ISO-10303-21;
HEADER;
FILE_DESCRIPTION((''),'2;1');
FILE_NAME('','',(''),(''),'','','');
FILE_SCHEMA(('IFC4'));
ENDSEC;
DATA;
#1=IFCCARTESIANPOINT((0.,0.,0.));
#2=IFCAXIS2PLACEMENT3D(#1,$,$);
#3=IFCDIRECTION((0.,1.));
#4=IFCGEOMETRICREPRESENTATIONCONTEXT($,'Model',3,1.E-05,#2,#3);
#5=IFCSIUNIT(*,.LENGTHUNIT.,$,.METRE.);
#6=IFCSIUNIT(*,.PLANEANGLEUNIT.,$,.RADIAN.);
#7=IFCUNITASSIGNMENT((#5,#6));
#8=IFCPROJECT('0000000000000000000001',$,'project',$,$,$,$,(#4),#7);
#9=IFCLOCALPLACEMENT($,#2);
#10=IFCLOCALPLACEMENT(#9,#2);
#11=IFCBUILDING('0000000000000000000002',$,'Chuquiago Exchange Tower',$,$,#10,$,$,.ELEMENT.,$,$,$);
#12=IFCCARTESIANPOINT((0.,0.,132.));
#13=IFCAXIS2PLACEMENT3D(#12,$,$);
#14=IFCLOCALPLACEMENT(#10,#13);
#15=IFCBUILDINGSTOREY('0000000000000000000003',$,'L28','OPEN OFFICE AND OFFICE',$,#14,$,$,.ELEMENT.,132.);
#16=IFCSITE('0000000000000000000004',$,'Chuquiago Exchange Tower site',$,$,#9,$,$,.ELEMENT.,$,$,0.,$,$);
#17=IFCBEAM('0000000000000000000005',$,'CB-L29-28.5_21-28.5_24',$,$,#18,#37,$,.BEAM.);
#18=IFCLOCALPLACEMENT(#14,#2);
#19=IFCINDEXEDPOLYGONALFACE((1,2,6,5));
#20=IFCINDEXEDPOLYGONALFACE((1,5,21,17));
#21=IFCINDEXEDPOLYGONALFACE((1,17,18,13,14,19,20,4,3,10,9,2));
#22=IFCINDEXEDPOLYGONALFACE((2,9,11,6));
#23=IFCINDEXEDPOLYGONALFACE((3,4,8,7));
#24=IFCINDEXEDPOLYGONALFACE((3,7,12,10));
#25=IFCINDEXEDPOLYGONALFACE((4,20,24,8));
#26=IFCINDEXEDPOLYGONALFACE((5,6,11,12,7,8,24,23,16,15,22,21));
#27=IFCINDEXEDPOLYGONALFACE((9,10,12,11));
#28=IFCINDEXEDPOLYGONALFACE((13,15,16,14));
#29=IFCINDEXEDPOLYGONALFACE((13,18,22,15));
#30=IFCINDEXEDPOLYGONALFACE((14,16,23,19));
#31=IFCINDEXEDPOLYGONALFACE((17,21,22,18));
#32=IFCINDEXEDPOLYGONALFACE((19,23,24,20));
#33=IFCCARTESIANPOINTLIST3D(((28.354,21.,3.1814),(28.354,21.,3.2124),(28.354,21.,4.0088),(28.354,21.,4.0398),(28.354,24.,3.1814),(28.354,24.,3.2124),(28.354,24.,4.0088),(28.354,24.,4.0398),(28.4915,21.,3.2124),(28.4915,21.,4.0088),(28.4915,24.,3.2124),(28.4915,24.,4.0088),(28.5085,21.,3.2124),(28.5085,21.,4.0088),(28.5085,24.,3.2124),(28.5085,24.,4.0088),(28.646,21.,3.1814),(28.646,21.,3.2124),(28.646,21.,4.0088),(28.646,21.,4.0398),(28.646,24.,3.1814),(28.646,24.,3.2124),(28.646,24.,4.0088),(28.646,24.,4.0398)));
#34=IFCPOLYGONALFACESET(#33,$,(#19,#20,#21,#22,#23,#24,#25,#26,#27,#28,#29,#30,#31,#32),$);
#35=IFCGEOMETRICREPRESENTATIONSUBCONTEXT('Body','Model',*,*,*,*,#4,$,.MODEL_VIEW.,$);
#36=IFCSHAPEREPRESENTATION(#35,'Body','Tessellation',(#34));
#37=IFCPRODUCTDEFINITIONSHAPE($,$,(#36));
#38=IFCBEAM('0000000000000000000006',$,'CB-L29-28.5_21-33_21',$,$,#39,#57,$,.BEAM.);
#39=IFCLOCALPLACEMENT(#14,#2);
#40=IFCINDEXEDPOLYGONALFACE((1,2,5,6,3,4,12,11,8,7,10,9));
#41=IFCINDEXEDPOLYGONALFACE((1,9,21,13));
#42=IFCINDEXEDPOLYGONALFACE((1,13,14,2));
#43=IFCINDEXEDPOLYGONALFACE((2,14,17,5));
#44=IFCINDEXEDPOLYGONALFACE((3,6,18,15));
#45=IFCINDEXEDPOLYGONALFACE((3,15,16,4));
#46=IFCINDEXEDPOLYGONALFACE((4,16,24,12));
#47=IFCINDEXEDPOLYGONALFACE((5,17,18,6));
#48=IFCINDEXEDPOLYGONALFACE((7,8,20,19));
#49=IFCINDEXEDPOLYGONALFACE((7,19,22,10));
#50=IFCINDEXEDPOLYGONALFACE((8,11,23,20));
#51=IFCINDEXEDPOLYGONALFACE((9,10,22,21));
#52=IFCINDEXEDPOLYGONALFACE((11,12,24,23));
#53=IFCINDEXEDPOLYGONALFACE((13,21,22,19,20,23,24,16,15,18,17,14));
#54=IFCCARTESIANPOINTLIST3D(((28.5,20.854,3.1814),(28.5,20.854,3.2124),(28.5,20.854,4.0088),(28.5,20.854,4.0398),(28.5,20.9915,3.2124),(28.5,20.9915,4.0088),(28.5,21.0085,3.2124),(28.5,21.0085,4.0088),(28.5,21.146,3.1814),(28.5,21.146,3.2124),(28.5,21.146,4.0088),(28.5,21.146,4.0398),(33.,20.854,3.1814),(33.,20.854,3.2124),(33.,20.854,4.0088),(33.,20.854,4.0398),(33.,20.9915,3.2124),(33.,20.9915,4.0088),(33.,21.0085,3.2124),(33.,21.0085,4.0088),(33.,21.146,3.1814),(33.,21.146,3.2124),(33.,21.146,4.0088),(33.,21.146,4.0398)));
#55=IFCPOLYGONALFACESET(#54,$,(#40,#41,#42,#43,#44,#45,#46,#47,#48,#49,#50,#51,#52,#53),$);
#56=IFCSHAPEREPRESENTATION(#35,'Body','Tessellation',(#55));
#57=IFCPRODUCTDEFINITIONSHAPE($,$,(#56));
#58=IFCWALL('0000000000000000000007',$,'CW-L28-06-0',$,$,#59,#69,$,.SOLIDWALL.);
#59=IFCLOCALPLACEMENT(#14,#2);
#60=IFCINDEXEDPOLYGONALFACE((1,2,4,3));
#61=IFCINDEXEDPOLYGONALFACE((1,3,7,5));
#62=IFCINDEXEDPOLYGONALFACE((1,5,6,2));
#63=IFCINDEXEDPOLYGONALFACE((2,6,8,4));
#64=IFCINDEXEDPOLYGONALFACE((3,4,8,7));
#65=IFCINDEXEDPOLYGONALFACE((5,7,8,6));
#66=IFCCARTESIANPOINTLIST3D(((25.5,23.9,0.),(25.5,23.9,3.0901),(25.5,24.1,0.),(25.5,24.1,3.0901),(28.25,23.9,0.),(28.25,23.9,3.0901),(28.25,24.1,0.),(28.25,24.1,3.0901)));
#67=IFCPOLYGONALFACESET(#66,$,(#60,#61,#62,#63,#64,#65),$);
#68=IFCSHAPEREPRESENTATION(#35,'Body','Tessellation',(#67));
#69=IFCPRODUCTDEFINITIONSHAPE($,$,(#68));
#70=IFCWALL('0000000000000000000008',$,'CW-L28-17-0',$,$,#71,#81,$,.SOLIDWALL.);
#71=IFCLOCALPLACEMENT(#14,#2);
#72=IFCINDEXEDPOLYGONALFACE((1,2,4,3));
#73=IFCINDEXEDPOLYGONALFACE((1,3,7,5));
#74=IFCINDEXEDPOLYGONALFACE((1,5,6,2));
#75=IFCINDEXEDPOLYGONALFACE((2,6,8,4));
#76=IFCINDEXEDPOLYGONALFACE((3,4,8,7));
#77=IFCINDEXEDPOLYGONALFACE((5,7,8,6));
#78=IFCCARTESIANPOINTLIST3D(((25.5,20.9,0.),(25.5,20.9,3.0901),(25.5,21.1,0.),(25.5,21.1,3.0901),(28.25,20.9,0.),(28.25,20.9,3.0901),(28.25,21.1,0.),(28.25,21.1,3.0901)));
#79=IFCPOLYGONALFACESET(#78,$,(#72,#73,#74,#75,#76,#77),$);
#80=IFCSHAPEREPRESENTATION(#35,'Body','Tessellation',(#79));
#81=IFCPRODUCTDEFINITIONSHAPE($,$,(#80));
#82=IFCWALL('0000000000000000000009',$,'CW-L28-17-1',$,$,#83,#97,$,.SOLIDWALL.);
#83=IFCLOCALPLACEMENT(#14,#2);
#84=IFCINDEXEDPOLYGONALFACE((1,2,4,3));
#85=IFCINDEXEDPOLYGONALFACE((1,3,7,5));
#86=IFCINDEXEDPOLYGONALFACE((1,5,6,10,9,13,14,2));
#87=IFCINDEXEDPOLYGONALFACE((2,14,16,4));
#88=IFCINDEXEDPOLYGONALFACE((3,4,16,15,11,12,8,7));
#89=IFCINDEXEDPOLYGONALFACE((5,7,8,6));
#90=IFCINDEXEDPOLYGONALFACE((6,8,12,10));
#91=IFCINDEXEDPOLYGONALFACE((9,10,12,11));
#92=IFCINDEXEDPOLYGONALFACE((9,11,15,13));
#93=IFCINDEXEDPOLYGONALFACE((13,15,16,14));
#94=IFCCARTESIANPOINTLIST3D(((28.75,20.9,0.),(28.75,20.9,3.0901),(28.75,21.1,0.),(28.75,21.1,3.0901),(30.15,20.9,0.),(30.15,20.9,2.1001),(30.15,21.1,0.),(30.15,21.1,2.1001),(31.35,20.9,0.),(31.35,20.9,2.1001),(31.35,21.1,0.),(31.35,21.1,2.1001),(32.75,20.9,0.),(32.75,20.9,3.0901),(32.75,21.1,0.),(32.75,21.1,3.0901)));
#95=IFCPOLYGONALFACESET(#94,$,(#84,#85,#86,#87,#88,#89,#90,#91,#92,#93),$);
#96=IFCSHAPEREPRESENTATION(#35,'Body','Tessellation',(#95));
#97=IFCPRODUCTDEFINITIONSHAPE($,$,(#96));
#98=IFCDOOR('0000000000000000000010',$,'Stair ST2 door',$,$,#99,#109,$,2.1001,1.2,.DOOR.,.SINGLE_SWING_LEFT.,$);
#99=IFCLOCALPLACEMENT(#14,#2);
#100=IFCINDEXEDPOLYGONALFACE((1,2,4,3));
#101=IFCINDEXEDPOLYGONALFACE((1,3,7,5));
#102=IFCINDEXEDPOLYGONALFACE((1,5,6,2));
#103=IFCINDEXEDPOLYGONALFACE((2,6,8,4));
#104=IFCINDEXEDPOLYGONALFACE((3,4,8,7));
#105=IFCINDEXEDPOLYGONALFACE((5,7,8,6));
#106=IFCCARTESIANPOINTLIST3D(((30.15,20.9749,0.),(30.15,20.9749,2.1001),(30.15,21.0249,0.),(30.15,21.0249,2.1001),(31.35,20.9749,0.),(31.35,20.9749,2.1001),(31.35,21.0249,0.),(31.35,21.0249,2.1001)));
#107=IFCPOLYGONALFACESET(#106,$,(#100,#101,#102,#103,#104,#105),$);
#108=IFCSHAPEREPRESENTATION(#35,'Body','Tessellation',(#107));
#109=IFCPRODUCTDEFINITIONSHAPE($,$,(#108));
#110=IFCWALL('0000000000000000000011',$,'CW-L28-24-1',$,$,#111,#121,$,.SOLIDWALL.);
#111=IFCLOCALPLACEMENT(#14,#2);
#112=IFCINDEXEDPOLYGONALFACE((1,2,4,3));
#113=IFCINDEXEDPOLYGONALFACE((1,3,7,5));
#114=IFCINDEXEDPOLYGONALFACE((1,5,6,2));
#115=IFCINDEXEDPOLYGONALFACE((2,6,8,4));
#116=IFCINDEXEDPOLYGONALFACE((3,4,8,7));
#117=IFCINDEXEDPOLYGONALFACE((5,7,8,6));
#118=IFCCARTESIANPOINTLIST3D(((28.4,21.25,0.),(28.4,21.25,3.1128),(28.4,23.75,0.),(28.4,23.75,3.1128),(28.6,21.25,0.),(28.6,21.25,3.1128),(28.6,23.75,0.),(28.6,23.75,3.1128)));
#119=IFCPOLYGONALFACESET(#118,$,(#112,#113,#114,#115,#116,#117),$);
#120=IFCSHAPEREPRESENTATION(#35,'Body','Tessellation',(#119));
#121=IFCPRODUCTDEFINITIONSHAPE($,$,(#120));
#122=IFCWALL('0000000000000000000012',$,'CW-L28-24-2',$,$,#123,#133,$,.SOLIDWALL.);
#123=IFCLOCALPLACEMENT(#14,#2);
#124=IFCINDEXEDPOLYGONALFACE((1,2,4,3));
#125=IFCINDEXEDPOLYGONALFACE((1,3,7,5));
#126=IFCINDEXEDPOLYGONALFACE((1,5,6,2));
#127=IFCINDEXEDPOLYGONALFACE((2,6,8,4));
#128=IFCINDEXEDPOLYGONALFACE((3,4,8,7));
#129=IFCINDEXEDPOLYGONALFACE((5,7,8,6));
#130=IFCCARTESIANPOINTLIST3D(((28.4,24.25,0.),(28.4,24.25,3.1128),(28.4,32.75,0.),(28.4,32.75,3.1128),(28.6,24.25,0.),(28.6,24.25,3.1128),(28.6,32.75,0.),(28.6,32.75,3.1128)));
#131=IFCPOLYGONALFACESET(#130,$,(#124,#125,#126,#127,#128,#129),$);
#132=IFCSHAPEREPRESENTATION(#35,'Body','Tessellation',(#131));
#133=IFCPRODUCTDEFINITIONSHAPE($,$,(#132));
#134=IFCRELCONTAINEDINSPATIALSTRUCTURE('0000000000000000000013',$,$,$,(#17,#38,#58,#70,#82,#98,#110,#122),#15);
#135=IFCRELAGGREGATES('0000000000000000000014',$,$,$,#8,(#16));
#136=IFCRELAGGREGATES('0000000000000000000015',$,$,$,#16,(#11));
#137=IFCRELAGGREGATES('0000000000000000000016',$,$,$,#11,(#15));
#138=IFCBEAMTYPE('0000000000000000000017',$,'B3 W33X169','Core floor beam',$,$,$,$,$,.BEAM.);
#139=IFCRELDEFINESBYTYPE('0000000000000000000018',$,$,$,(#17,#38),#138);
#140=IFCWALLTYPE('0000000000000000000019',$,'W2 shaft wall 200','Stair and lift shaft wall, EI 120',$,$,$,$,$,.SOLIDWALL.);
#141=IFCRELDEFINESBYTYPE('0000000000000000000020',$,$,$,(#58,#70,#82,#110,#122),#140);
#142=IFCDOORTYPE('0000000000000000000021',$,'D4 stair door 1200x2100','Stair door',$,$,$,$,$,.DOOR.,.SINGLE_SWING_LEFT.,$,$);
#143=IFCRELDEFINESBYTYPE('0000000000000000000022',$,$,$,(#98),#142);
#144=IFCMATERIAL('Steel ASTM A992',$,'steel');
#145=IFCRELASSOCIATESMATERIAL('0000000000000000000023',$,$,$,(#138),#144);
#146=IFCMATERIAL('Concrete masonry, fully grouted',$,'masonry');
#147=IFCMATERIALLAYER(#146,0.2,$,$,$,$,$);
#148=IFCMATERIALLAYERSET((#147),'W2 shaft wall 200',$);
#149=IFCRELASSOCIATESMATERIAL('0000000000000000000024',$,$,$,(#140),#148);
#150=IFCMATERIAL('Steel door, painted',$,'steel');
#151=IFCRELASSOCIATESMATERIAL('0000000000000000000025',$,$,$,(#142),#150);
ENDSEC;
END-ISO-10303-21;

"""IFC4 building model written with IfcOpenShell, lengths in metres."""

from ifc_helpers import new_model, si_unit, direction, frame, frame_2d, origin, origin_2d, place, context, subcontext, project, spatial, rectangle, i_section, extrude, material, layer, layer_set, material_profile, profile_set, type_object, element, fill, save


model = new_model("IFC4")

# Units and contexts
model_context = context("Model", 3, precision=1e-05, world=origin(), true_north=direction((0.0, 1.0)))
body_context = subcontext(model_context, "Body", "Model", "MODEL_VIEW")
ifc_project = project(units=[si_unit("LENGTHUNIT", "METRE"), si_unit("PLANEANGLEUNIT", "RADIAN")], contexts=[model_context])

# Site, building, storey
site_placement = place(None, origin())
site = spatial("IfcSite", under=ifc_project, at=site_placement, Name="Chuquiago Exchange Tower site", CompositionType="ELEMENT", RefElevation=0.0)
building_placement = place(site_placement, origin())
building = spatial("IfcBuilding", under=site, at=building_placement, Name="Chuquiago Exchange Tower", CompositionType="ELEMENT")
storey_placement = place(building_placement, frame((0.0, 0.0, 132.0)))
storey = spatial("IfcBuildingStorey", under=building, at=storey_placement, Name="L28", Description="OPEN OFFICE AND OFFICE", CompositionType="ELEMENT", Elevation=132.0)

# Beams
ifc_material_1 = material(Name="Steel ASTM A992", Category="steel")
ifc_material_profile_1 = material_profile(ifc_material_1, i_section(OverallWidth=0.292, OverallDepth=0.8584, WebThickness=0.0171, FlangeThickness=0.031, at=origin_2d()), Name="W33X169")
ifc_profile_set_1 = profile_set([ifc_material_profile_1], Name="Steel ASTM A992")
beam_type_1 = type_object("IfcBeamType", Name="B3 W33X169", Description="Core floor beam", PredefinedType="BEAM", material=ifc_profile_set_1)
beam_1_placement = place(storey_placement, frame((28.5, 21.0, 3.6106), z_axis=(0.0, 1.0, 0.0), x_axis=(-1.0, 0.0, 0.0)))
element("IfcBeam", 1, at=beam_1_placement, inside=storey, type_object=beam_type_1, Name="CB-L29-28.5_21-28.5_24", PredefinedType="BEAM", context=body_context, shape_type="SweptSolid", body=[
    extrude(i_section(OverallWidth=0.292, OverallDepth=0.8584, WebThickness=0.0171, FlangeThickness=0.031, at=origin_2d()), origin(), (0.0, 0.0, 1.0), 3.0),
])
beam_2_placement = place(storey_placement, frame((28.5, 21.0, 3.6106), z_axis=(1.0, 0.0, 0.0), x_axis=(0.0, 1.0, 0.0)))
element("IfcBeam", 2, at=beam_2_placement, inside=storey, type_object=beam_type_1, Name="CB-L29-28.5_21-33_21", PredefinedType="BEAM", context=body_context, shape_type="SweptSolid", body=[
    extrude(i_section(OverallWidth=0.292, OverallDepth=0.8584, WebThickness=0.0171, FlangeThickness=0.031, at=origin_2d()), origin(), (0.0, 0.0, 1.0), 4.5),
])

# Walls
ifc_material_2 = material(Name="Concrete masonry, fully grouted", Category="masonry")
ifc_layer = layer(ifc_material_2, 0.2)
ifc_layer_set = layer_set([ifc_layer], Name="W2 shaft wall 200")
wall_type = type_object("IfcWallType", Name="W2 shaft wall 200", Description="Stair and lift shaft wall, EI 120", PredefinedType="SOLIDWALL", material=ifc_layer_set)
for number, where, z_axis, x_axis, name in (
    (3, (25.5, 24.0, 0.0), (0.0, 0.0, 1.0), (1.0, 0.0, 0.0), "CW-L28-06-0"),
    (4, (25.5, 21.0, 0.0), (0.0, 0.0, 1.0), (1.0, 0.0, 0.0), "CW-L28-17-0"),
):
    element("IfcWall", number, at=place(storey_placement, frame(where, z_axis=z_axis, x_axis=x_axis)), inside=storey, type_object=wall_type, Name=name, PredefinedType="SOLIDWALL", context=body_context, shape_type="SweptSolid", body=[
        extrude(rectangle(XDim=2.75, YDim=0.2, at=frame_2d((1.375, 0.0))), origin(), (0.0, 0.0, 1.0), 3.0901),
    ])

# Wall, opening, door
wall_1_placement = place(storey_placement, frame((28.75, 21.0, 0.0), z_axis=(0.0, 0.0, 1.0), x_axis=(1.0, 0.0, 0.0)))
wall_1 = element("IfcWall", 5, at=wall_1_placement, inside=storey, type_object=wall_type, Name="CW-L28-17-1", PredefinedType="SOLIDWALL", context=body_context, shape_type="SweptSolid", body=[
    extrude(rectangle(XDim=4.0, YDim=0.2, at=frame_2d((2.0, 0.0))), origin(), (0.0, 0.0, 1.0), 3.0901),
])
opening_placement = place(wall_1_placement, frame((1.3999, 0.0, 0.0)))
opening = element("IfcOpeningElement", 6, at=opening_placement, cuts=wall_1, PredefinedType="OPENING", context=body_context, shape_type="SweptSolid", body=[
    extrude(rectangle(XDim=1.2, YDim=2.1001, at=frame_2d((0.6001, 1.05))), frame((0.0, 0.1099, 0.0), z_axis=(0.0, -1.0, 0.0), x_axis=(1.0, 0.0, 0.0)), (0.0, 0.0, 1.0), 0.22),
])
ifc_material_3 = material(Name="Steel door, painted", Category="steel")
door_type = type_object("IfcDoorType", Name="D4 stair door 1200x2100", Description="Stair door", OperationType="SINGLE_SWING_LEFT", PredefinedType="DOOR", material=ifc_material_3)
door_placement = place(opening_placement, origin())
door = element("IfcDoor", 7, at=door_placement, inside=storey, type_object=door_type, Name="Stair ST2 door", OperationType="SINGLE_SWING_LEFT", OverallHeight=2.1001, OverallWidth=1.2, PredefinedType="DOOR", context=body_context, shape_type="SweptSolid", body=[
    extrude(rectangle(XDim=1.2, YDim=2.1001, at=frame_2d((0.6001, 1.05))), frame((0.0, 0.0249, 0.0), z_axis=(0.0, -1.0, 0.0), x_axis=(1.0, 0.0, 0.0)), (0.0, 0.0, 1.0), 0.05),
])
fill(opening, door)

# Walls
wall_2_placement = place(storey_placement, frame((28.5, 21.25, 0.0), z_axis=(0.0, 0.0, 1.0), x_axis=(0.0, 1.0, 0.0)))
element("IfcWall", 8, at=wall_2_placement, inside=storey, type_object=wall_type, Name="CW-L28-24-1", PredefinedType="SOLIDWALL", context=body_context, shape_type="SweptSolid", body=[
    extrude(rectangle(XDim=2.5, YDim=0.2, at=frame_2d((1.25, 0.0))), origin(), (0.0, 0.0, 1.0), 3.1128),
])
wall_3_placement = place(storey_placement, frame((28.5, 24.25, 0.0), z_axis=(0.0, 0.0, 1.0), x_axis=(0.0, 1.0, 0.0)))
element("IfcWall", 9, at=wall_3_placement, inside=storey, type_object=wall_type, Name="CW-L28-24-2", PredefinedType="SOLIDWALL", context=body_context, shape_type="SweptSolid", body=[
    extrude(rectangle(XDim=8.5, YDim=0.2, at=frame_2d((4.25, 0.0))), origin(), (0.0, 0.0, 1.0), 3.1128),
])

save(model, "model.ifc")
